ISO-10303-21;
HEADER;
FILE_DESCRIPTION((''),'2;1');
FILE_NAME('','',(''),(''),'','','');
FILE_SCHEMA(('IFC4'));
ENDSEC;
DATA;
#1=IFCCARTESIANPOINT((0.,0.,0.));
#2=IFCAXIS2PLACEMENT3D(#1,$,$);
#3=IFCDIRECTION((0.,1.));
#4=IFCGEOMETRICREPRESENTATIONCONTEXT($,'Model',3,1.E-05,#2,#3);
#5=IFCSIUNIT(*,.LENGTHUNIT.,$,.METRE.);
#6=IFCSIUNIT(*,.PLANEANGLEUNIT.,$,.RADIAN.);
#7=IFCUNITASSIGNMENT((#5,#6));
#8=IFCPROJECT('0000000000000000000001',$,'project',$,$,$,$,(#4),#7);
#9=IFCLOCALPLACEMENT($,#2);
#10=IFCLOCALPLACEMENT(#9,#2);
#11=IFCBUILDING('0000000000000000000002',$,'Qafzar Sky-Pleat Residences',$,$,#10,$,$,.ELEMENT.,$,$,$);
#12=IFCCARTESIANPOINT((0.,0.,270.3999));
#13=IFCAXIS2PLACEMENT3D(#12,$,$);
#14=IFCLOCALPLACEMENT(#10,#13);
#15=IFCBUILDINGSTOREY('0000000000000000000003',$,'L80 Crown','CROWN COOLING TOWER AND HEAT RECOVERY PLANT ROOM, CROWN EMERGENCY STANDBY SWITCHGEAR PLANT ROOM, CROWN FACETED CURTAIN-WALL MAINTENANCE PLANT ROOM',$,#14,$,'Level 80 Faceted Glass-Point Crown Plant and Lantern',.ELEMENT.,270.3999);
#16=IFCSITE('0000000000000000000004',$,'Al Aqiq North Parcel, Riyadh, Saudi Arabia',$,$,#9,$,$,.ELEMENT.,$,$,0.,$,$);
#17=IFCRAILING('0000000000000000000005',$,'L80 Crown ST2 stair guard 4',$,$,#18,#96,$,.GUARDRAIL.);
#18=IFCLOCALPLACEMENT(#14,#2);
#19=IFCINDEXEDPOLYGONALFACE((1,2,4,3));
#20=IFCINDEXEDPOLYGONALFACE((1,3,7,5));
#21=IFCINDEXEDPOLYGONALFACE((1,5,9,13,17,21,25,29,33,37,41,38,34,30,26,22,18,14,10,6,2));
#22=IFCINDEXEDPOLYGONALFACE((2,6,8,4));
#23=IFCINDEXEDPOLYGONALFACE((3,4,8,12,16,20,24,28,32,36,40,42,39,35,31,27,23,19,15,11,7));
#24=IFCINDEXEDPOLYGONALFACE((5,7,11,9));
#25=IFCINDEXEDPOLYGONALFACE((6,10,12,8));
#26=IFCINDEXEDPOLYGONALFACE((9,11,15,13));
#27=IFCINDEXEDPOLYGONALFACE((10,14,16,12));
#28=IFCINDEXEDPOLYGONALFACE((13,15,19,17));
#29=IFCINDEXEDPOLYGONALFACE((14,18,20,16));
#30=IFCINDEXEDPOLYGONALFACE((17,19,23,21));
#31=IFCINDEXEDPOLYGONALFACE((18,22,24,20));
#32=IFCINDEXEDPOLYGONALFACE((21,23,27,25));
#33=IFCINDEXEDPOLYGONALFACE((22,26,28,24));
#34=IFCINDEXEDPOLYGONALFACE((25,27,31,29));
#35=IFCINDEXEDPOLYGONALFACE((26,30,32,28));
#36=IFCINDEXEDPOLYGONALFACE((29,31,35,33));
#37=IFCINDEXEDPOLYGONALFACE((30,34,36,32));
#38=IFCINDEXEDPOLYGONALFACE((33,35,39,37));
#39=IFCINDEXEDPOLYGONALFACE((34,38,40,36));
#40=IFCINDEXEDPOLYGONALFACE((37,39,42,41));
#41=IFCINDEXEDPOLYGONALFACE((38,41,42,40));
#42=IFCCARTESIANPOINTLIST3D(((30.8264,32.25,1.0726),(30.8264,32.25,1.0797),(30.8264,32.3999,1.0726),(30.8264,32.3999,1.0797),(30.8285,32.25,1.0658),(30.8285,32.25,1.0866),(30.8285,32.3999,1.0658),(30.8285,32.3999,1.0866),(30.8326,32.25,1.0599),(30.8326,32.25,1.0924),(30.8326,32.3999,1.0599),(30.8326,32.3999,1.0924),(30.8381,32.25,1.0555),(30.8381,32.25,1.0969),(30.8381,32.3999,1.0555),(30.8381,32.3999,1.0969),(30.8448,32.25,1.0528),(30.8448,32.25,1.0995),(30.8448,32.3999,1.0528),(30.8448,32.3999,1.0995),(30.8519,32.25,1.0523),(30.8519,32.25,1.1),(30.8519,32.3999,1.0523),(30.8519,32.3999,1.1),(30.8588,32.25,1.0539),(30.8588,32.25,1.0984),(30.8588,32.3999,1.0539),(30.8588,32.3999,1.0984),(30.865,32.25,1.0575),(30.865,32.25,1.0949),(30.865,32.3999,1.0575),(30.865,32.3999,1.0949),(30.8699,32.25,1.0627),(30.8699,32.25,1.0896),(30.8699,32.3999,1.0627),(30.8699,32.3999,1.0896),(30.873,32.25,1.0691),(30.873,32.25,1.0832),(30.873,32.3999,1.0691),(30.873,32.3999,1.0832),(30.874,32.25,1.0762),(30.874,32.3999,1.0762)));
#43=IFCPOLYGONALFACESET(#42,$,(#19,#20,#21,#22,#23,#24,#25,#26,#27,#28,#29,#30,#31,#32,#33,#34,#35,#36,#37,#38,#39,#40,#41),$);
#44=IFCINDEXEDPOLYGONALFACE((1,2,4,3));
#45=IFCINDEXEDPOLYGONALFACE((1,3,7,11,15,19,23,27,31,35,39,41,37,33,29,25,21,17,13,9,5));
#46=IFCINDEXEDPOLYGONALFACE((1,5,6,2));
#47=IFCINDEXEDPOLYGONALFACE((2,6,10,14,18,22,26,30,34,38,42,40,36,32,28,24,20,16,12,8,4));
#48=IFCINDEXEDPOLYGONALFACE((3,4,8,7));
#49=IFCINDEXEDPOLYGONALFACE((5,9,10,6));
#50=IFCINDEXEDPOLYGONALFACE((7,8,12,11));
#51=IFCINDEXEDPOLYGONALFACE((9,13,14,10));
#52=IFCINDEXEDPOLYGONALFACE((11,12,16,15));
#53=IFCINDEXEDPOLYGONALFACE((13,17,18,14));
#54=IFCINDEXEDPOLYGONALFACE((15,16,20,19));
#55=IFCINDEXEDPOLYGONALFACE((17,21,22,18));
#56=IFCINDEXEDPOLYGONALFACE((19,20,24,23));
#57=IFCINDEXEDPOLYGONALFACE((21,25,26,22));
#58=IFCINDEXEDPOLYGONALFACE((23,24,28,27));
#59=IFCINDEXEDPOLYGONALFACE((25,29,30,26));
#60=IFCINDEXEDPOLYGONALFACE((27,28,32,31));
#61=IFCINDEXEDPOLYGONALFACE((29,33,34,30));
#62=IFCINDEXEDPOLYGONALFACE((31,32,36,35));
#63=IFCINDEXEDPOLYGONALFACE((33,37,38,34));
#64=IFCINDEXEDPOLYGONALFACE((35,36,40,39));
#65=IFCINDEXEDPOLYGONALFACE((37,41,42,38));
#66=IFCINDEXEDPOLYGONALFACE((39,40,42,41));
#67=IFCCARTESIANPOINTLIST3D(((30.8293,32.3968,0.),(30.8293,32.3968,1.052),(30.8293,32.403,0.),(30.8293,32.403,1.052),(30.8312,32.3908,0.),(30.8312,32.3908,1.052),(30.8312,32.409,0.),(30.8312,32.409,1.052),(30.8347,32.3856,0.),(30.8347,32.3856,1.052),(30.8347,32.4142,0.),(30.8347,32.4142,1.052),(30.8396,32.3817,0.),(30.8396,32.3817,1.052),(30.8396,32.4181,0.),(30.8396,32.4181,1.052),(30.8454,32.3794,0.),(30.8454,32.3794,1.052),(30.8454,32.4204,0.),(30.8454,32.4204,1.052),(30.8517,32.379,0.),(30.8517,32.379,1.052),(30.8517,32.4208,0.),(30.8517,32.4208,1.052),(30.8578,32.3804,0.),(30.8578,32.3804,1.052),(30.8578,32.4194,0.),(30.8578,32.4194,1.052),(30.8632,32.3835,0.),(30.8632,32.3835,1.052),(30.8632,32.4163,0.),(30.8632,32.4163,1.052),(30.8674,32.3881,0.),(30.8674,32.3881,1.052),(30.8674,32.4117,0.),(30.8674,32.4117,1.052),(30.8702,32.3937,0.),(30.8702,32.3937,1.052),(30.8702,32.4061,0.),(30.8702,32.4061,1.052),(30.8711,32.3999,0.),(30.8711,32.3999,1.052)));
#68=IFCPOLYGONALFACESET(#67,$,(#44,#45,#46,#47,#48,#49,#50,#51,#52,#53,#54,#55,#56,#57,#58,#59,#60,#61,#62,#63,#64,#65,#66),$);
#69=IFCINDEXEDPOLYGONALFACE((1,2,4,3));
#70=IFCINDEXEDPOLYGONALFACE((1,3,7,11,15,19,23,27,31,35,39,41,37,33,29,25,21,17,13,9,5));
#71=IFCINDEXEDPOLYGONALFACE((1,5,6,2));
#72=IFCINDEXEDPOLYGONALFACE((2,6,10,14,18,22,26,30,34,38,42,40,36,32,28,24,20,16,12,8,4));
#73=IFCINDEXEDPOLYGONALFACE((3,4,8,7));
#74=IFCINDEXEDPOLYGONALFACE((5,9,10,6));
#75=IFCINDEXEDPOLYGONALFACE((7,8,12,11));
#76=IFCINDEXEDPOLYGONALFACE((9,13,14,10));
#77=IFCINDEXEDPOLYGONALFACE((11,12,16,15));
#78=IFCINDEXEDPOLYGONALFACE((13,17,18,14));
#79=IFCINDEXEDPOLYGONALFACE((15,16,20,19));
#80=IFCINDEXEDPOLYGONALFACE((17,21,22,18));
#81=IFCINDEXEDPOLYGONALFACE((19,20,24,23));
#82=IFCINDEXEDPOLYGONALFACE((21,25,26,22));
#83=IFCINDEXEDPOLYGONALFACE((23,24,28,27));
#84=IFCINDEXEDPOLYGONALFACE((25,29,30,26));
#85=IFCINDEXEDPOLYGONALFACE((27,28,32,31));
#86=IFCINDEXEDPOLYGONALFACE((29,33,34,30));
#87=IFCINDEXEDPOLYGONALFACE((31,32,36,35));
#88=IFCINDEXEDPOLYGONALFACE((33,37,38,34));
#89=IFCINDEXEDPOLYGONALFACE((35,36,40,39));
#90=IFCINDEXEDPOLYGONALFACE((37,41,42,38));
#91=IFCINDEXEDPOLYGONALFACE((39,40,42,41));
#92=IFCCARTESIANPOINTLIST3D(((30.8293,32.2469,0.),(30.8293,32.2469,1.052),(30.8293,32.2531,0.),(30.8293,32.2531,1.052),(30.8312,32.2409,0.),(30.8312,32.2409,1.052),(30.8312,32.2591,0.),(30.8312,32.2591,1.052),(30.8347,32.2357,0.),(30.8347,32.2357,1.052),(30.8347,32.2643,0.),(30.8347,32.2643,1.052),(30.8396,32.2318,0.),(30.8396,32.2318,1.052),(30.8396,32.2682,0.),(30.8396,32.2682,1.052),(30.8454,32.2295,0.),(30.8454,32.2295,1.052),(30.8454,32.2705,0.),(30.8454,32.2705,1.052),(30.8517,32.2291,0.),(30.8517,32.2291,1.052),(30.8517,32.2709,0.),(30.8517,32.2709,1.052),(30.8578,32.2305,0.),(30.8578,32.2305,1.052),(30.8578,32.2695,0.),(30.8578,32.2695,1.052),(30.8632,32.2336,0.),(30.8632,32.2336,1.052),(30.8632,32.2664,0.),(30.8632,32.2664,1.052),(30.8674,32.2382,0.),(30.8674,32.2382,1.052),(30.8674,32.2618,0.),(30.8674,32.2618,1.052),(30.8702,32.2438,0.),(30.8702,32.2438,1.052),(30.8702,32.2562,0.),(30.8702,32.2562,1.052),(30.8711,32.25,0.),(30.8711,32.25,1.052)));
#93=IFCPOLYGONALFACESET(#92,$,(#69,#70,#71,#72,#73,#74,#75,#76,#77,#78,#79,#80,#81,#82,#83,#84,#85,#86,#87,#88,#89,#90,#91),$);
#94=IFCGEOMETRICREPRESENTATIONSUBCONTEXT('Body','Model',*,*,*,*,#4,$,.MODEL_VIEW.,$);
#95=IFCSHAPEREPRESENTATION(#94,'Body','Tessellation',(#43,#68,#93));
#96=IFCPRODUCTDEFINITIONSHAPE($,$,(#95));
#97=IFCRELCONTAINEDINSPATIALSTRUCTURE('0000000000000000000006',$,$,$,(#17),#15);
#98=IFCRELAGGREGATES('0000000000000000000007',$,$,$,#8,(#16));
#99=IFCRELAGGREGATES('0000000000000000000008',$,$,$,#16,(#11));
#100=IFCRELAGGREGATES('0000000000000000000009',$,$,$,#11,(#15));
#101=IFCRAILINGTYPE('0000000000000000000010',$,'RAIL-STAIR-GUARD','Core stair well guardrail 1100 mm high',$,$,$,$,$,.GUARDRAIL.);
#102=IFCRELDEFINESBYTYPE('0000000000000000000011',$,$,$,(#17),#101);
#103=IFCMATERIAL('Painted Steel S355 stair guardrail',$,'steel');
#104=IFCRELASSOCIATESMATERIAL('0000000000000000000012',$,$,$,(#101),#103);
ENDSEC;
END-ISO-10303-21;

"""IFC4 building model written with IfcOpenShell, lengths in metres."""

from ifc_helpers import new_model, si_unit, direction, frame, origin, origin_2d, place, context, subcontext, project, spatial, circle, extrude, source, transform, mapped, material, type_object, element, save


model = new_model("IFC4")

# Units and contexts
model_context = context("Model", 3, precision=1e-05, world=origin(), true_north=direction((0.0, 1.0)))
body_context = subcontext(model_context, "Body", "Model", "MODEL_VIEW")
ifc_project = project(units=[si_unit("LENGTHUNIT", "METRE"), si_unit("PLANEANGLEUNIT", "RADIAN")], contexts=[model_context])

# Site, building, storey
site_placement = place(None, origin())
site = spatial("IfcSite", under=ifc_project, at=site_placement, Name="Al Aqiq North Parcel, Riyadh, Saudi Arabia", CompositionType="ELEMENT", RefElevation=0.0)
building_placement = place(site_placement, origin())
building = spatial("IfcBuilding", under=site, at=building_placement, Name="Qafzar Sky-Pleat Residences", CompositionType="ELEMENT")
storey_placement = place(building_placement, frame((0.0, 0.0, 270.3999)))
storey = spatial("IfcBuildingStorey", under=building, at=storey_placement, Name="L80 Crown", Description="CROWN COOLING TOWER AND HEAT RECOVERY PLANT ROOM, CROWN EMERGENCY STANDBY SWITCHGEAR PLANT ROOM, CROWN FACETED CURTAIN-WALL MAINTENANCE PLANT ROOM", LongName="Level 80 Faceted Glass-Point Crown Plant and Lantern", CompositionType="ELEMENT", Elevation=270.3999)

# Railing
ifc_material_1 = material(Name="Painted Steel S355 stair guardrail", Category="steel")
railing_type_1 = type_object("IfcRailingType", Name="RAIL-STAIR-GUARD", Description="Core stair well guardrail 1100 mm high", PredefinedType="GUARDRAIL", material=ifc_material_1)
shared_shape_1 = source(origin(), body_context, "Body", "SweptSolid", [
    extrude(circle(Radius=0.0239, at=origin_2d()), frame((0.0, 0.0, 1.0762), z_axis=(0.0, -1.0, 0.0), x_axis=(1.0, 0.0, 0.0)), (0.0, 0.0, 1.0), 0.1499),
    extrude(circle(Radius=0.021, at=origin_2d()), origin(), (0.0, 0.0, 1.0), 1.052),
    extrude(circle(Radius=0.021, at=origin_2d()), frame((0.0, -0.1499, 0.0)), (0.0, 0.0, 1.0), 1.052),
])
railing_1_placement = place(storey_placement, frame((30.8501, 32.3999, 0.0)))
element("IfcRailing", 1, at=railing_1_placement, inside=storey, type_object=railing_type_1, Name="L80 Crown ST2 stair guard 4", PredefinedType="GUARDRAIL", context=body_context, shape_type="MappedRepresentation", body=[
    mapped(shared_shape_1, transform((0.0, 0.0, 0.0), x_axis=(1.0, 0.0, 0.0), y_axis=(0.0, 1.0, 0.0), z_axis=(0.0, 0.0, 1.0), scale=1.0)),
])

save(model, "model.ifc")
